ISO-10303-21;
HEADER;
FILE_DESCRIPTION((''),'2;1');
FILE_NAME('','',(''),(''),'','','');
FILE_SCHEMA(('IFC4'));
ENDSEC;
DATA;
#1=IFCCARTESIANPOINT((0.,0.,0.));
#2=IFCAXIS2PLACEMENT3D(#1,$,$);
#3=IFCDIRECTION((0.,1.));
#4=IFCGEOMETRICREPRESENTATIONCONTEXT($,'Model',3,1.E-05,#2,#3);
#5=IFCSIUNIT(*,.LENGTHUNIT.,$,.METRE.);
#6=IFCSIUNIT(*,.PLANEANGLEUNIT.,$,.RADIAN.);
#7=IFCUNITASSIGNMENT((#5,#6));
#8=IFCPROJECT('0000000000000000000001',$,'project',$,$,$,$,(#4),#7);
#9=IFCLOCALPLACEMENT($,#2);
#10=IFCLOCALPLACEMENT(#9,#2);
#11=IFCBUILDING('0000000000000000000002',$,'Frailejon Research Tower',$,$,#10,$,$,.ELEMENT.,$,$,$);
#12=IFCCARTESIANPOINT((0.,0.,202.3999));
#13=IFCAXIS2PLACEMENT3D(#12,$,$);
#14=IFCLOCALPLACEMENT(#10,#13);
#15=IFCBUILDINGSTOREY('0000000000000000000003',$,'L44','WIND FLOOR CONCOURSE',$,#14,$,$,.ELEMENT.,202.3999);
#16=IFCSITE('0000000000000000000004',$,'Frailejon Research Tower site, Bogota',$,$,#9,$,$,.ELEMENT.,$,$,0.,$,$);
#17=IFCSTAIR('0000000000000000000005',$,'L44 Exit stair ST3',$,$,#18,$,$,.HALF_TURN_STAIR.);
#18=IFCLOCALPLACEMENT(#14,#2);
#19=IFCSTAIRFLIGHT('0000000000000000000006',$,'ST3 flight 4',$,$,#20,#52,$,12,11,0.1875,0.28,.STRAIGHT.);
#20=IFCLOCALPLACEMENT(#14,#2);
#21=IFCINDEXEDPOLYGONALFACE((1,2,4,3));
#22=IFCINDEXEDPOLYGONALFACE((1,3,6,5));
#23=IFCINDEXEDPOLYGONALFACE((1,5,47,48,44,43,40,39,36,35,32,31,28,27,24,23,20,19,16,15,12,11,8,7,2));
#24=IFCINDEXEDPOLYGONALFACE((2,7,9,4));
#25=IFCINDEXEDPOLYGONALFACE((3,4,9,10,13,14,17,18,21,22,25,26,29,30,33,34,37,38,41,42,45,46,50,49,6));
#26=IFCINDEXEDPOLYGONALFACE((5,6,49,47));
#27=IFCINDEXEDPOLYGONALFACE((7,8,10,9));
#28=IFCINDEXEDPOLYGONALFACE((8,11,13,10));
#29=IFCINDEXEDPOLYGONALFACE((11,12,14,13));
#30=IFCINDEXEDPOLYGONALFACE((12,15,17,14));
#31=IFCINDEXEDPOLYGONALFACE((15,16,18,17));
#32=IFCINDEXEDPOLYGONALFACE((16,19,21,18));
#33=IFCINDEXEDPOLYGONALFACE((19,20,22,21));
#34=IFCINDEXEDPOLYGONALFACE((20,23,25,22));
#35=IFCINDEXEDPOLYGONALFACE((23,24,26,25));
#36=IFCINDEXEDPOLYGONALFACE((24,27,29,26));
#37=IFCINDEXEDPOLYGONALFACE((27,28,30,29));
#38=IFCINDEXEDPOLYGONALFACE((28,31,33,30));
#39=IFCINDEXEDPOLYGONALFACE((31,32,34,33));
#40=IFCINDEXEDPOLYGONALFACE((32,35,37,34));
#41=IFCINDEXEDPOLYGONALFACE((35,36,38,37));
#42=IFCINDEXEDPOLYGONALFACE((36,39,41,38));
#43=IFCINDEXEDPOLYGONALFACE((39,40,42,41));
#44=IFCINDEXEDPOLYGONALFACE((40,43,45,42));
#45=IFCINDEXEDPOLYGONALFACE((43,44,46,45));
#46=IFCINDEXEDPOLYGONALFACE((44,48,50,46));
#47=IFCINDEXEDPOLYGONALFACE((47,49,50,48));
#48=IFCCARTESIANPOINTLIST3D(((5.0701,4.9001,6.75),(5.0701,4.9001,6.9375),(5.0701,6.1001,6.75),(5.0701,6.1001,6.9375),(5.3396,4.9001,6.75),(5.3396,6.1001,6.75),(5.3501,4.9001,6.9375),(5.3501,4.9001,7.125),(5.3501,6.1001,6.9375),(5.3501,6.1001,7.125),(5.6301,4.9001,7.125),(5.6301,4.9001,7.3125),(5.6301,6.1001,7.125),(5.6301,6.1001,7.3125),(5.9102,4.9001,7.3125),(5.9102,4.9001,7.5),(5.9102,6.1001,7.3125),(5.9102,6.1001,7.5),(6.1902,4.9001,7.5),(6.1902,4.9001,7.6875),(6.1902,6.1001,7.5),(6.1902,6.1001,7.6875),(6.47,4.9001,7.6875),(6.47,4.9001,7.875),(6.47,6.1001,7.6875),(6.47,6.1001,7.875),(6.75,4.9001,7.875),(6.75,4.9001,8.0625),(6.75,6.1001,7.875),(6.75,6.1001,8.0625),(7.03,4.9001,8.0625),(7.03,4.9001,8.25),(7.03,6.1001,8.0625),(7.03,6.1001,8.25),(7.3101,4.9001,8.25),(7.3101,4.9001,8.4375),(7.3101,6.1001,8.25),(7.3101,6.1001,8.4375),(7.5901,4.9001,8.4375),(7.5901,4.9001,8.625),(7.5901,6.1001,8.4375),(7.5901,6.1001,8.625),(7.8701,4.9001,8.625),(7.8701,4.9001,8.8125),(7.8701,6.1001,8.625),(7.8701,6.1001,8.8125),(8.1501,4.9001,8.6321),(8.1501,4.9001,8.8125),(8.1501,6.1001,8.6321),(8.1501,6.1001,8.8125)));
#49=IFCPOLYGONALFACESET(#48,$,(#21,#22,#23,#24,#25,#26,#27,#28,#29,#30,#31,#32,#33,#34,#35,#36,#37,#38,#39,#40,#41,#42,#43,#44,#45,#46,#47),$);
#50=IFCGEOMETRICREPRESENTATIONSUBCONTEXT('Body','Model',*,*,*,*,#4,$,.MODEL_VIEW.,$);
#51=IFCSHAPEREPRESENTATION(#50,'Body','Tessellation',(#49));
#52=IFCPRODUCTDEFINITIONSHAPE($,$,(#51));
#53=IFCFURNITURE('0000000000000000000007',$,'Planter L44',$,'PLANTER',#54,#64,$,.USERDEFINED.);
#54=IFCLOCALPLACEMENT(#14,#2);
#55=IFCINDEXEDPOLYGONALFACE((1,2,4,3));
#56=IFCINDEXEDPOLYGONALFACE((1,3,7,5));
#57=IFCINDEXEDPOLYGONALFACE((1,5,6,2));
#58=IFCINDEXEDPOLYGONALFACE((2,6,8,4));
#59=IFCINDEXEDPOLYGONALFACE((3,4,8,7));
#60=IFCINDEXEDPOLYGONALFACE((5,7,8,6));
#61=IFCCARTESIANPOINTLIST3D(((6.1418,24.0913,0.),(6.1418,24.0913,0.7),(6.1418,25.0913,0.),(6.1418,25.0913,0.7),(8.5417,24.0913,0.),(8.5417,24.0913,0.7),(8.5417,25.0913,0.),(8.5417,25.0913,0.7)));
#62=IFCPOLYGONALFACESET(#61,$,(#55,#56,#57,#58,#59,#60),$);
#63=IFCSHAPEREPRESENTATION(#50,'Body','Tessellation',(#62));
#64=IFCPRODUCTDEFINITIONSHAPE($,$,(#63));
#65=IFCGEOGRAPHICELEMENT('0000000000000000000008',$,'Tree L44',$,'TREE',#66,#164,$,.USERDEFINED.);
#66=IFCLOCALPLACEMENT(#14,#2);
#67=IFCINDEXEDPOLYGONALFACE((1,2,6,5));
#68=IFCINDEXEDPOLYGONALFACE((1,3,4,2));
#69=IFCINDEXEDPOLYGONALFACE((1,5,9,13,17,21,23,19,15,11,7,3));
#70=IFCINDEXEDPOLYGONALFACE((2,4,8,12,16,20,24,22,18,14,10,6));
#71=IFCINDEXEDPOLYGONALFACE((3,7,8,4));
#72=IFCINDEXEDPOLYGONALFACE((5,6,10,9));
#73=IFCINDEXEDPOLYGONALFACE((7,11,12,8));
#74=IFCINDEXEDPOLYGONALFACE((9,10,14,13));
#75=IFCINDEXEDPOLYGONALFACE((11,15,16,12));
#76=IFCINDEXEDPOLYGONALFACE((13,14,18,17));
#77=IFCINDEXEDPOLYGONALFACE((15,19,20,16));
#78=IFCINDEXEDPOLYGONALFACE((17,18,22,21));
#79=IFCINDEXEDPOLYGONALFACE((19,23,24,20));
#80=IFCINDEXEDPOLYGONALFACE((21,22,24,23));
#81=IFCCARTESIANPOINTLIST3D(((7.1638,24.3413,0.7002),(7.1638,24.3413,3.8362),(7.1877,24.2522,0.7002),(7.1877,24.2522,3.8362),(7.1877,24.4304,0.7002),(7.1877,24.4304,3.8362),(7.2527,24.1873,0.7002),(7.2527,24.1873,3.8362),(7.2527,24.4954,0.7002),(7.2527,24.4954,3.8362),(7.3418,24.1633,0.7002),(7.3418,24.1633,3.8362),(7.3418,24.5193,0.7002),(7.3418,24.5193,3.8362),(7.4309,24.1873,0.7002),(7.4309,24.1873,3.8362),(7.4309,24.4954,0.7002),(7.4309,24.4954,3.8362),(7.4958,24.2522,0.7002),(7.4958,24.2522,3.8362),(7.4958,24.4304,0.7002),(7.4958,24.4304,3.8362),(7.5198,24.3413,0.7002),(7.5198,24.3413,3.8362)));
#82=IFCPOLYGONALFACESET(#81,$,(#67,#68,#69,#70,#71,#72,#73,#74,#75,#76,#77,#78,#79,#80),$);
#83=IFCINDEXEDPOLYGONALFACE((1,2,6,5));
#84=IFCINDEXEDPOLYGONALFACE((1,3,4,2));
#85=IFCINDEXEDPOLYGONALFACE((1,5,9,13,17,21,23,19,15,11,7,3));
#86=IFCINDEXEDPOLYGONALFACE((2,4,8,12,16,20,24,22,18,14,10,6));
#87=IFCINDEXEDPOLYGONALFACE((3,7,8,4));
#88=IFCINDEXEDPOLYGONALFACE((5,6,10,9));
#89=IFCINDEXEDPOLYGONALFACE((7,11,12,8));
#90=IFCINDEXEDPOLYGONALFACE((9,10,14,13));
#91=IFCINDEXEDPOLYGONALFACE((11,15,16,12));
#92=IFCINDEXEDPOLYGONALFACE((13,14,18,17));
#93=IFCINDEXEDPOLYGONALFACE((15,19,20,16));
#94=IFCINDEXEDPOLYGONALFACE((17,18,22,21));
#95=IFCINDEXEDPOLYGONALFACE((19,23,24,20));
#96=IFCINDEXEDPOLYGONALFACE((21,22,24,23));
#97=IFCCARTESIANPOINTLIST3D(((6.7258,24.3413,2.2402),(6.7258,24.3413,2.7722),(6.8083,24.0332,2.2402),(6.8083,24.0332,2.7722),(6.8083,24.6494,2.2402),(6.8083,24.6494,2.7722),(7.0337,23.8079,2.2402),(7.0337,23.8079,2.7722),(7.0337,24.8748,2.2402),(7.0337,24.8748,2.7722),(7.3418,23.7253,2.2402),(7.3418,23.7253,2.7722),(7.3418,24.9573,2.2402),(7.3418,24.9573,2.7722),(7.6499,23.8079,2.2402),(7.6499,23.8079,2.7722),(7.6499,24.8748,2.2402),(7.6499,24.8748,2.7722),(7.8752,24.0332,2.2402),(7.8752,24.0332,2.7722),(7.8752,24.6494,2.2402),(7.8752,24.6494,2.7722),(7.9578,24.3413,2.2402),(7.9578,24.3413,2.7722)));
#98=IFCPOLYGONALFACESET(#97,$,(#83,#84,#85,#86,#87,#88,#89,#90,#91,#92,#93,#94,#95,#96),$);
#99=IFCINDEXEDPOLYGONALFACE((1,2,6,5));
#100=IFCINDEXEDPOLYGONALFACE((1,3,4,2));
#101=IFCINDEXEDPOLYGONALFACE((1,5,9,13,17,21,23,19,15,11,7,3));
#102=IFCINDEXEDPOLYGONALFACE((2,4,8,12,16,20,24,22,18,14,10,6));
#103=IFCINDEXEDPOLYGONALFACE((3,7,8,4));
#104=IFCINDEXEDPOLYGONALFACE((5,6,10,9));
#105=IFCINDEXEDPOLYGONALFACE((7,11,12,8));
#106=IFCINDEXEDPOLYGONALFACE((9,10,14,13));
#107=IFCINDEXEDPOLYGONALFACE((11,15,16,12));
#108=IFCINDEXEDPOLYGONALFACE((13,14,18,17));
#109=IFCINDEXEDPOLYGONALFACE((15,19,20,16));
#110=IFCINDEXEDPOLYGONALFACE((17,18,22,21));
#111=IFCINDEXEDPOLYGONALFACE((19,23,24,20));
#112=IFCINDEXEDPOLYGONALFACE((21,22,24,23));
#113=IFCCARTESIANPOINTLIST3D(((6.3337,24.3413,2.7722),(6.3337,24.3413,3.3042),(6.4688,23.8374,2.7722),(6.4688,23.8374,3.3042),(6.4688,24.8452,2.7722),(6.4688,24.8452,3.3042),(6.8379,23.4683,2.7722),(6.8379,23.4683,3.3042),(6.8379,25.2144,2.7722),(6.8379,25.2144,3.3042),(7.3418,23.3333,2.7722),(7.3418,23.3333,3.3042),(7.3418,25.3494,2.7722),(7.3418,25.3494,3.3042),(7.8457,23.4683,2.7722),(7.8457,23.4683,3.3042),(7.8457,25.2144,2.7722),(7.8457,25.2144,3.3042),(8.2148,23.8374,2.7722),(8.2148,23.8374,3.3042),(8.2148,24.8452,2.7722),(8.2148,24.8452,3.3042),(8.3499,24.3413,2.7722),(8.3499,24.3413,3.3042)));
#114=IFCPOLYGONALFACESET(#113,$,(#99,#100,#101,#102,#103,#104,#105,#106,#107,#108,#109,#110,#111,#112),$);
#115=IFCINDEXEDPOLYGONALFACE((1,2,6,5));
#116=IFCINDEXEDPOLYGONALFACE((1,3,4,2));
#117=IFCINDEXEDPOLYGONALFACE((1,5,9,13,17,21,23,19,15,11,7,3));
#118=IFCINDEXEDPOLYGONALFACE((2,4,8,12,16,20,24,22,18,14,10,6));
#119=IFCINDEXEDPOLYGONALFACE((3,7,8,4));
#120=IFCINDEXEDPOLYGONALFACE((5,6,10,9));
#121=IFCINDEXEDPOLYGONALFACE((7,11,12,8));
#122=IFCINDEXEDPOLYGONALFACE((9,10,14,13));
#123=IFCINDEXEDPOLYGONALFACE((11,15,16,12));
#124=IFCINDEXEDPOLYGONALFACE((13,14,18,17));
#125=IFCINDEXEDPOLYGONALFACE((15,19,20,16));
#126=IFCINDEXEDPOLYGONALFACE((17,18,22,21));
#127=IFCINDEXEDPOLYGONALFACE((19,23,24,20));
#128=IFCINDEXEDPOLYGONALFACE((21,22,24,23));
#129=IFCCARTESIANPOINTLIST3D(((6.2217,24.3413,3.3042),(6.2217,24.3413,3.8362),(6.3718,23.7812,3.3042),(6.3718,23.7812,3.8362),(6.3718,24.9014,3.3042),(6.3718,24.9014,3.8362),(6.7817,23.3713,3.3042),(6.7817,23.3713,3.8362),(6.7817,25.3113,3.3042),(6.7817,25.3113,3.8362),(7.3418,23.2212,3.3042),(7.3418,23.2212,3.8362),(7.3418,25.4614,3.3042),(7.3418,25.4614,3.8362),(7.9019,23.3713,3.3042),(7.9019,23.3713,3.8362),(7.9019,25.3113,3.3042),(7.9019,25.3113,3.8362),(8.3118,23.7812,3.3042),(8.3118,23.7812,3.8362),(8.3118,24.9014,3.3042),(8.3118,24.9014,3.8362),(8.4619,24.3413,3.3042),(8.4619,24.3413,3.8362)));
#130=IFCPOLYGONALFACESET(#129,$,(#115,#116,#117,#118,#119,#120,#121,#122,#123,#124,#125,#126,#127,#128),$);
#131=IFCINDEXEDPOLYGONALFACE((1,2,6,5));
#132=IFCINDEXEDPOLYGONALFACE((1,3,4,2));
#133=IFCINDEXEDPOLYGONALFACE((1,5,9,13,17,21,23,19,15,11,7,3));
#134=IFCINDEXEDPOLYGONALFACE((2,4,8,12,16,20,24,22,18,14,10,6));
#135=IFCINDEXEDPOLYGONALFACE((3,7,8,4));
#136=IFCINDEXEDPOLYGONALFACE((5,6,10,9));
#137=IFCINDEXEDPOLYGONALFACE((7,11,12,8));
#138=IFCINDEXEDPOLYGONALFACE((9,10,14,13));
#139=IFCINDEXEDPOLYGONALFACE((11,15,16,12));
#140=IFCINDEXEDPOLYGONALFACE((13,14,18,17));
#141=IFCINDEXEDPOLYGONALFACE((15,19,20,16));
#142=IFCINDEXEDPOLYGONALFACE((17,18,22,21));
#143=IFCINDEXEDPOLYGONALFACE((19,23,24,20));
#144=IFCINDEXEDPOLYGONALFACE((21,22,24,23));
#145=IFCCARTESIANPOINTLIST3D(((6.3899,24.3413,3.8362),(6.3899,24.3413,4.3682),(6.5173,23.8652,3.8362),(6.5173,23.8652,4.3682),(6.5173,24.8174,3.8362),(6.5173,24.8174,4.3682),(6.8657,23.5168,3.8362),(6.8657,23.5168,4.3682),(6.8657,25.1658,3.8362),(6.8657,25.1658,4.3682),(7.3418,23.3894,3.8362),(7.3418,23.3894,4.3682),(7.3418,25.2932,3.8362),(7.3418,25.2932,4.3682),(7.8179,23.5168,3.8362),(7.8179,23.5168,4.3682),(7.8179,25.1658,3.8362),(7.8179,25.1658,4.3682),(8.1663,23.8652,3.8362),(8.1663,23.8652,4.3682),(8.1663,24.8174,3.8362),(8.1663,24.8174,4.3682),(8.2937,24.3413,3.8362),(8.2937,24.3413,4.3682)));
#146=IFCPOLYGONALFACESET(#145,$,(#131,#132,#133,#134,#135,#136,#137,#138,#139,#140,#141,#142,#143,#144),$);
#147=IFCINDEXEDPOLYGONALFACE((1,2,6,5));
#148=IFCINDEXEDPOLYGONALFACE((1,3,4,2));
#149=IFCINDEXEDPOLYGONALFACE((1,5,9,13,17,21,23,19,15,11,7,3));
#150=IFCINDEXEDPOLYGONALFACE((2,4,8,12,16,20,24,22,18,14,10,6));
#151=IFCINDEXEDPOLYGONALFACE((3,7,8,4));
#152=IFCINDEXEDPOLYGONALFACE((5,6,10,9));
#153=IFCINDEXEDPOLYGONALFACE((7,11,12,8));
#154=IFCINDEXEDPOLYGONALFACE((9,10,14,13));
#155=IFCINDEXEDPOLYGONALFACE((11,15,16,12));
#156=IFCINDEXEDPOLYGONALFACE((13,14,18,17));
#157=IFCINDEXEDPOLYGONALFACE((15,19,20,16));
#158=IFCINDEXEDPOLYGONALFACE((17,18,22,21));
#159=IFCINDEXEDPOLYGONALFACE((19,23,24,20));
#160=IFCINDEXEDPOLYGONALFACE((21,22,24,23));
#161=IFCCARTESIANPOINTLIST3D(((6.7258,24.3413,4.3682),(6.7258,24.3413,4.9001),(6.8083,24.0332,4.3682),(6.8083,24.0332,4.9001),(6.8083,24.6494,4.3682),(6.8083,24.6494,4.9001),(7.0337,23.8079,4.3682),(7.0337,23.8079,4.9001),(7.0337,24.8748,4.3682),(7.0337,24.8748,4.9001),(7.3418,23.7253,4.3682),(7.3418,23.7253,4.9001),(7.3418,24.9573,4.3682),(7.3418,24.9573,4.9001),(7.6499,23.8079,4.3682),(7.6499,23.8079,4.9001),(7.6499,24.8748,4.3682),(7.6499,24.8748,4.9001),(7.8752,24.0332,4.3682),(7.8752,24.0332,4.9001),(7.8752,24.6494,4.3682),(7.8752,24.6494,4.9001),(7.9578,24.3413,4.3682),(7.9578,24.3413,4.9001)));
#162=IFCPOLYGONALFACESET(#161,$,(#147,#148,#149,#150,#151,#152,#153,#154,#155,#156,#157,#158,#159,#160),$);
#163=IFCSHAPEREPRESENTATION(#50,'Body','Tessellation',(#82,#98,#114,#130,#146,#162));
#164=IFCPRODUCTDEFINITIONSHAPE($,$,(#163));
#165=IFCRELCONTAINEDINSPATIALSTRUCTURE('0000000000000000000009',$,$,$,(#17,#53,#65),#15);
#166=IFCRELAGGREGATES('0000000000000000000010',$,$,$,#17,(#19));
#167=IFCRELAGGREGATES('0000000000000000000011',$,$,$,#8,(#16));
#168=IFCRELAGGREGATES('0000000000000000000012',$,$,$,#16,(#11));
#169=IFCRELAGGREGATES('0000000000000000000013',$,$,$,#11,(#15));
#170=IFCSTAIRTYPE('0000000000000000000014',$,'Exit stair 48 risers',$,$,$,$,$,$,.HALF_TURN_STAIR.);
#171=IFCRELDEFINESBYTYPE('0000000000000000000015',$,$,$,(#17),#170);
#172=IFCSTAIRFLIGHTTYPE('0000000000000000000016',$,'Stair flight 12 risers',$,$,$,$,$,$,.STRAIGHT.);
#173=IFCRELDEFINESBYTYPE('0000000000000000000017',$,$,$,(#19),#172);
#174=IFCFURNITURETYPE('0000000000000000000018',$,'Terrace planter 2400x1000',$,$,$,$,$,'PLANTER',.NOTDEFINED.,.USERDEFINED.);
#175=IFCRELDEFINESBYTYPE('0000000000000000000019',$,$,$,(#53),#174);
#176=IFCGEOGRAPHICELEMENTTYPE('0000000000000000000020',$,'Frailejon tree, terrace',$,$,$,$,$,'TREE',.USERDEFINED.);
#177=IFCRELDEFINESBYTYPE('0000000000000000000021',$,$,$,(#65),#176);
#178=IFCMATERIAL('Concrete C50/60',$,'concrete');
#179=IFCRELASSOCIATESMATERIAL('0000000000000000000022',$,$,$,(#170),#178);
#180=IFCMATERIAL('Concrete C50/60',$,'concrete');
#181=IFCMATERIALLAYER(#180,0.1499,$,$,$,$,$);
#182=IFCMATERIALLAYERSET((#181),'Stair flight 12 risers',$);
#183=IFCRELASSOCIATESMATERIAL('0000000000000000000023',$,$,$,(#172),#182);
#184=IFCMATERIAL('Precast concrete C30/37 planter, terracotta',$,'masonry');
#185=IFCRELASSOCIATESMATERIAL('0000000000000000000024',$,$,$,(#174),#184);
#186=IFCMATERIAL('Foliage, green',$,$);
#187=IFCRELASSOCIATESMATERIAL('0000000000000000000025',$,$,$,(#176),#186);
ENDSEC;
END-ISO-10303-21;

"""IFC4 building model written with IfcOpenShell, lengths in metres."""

from ifc_helpers import new_model, si_unit, direction, frame, origin, origin_2d, place, context, subcontext, project, spatial, polyline, rectangle, outline, extrude, material, layer, layer_set, type_object, element, aggregate, save


model = new_model("IFC4")

# Units and contexts
model_context = context("Model", 3, precision=1e-05, world=origin(), true_north=direction((0.0, 1.0)))
body_context = subcontext(model_context, "Body", "Model", "MODEL_VIEW")
ifc_project = project(units=[si_unit("LENGTHUNIT", "METRE"), si_unit("PLANEANGLEUNIT", "RADIAN")], contexts=[model_context])

# Site, building, storey
site_placement = place(None, origin())
site = spatial("IfcSite", under=ifc_project, at=site_placement, Name="Frailejon Research Tower site, Bogota", CompositionType="ELEMENT", RefElevation=0.0)
building_placement = place(site_placement, origin())
building = spatial("IfcBuilding", under=site, at=building_placement, Name="Frailejon Research Tower", CompositionType="ELEMENT")
storey_placement = place(building_placement, frame((0.0, 0.0, 202.3999)))
storey = spatial("IfcBuildingStorey", under=building, at=storey_placement, Name="L44", Description="WIND FLOOR CONCOURSE", CompositionType="ELEMENT", Elevation=202.3999)

# Stair
ifc_material_1 = material(Name="Concrete C50/60", Category="concrete")
stair_type = type_object("IfcStairType", Name="Exit stair 48 risers", PredefinedType="HALF_TURN_STAIR", material=ifc_material_1)
stair_placement = place(storey_placement, origin())
stair = element("IfcStair", 1, at=stair_placement, inside=storey, type_object=stair_type, Name="L44 Exit stair ST3", PredefinedType="HALF_TURN_STAIR")

# Stair flight
ifc_material_2 = material(Name="Concrete C50/60", Category="concrete")
ifc_layer_1 = layer(ifc_material_2, 0.1499)
ifc_layer_set_1 = layer_set([ifc_layer_1], Name="Stair flight 12 risers")
stair_flight_type = type_object("IfcStairFlightType", Name="Stair flight 12 risers", PredefinedType="STRAIGHT", material=ifc_layer_set_1)
stair_flight_1_placement = place(storey_placement, frame((5.0701, 5.5, 6.75), z_axis=(0.0, 0.0, 1.0), x_axis=(1.0, 0.0, 0.0)))
stair_flight_1 = element("IfcStairFlight", 2, at=stair_flight_1_placement, type_object=stair_flight_type, Name="ST3 flight 4", NumberOfRisers=12, NumberOfTreads=11, PredefinedType="STRAIGHT", RiserHeight=0.1875, TreadLength=0.28, context=body_context, shape_type="SweptSolid", body=[
    extrude(outline(polyline([(0.0, 0.0), (0.0, 0.1875), (0.28, 0.1875), (0.28, 0.375), (0.5601, 0.375), (0.5601, 0.5625), (0.8401, 0.5625), (0.8401, 0.75), (1.1201, 0.75), (1.1201, 0.9375), (1.3999, 0.9375), (1.3999, 1.125), (1.6799, 1.125), (1.6799, 1.3125), (1.96, 1.3125), (1.96, 1.5), (2.24, 1.5), (2.24, 1.6875), (2.52, 1.6875), (2.52, 1.875), (2.8, 1.875), (2.8, 2.0625), (3.0801, 2.0625), (3.0801, 2.25), (3.0801, 1.8821), (0.2695, 0.0), (0.0, 0.0)])), frame((0.0, 0.6001, 0.0), z_axis=(0.0, -1.0, 0.0), x_axis=(1.0, 0.0, 0.0)), (0.0, 0.0, 1.0), 1.2),
])
aggregate(stair, [stair_flight_1])

# Furniture
ifc_material_3 = material(Name="Precast concrete C30/37 planter, terracotta", Category="masonry")
furniture_type = type_object("IfcFurnitureType", Name="Terrace planter 2400x1000", ElementType="PLANTER", AssemblyPlace="NOTDEFINED", PredefinedType="USERDEFINED", material=ifc_material_3)
furniture_placement = place(storey_placement, frame((7.3418, 24.5913, 0.0), z_axis=(0.0, 0.0, 1.0), x_axis=(-1.0, 0.0, 0.0)))
element("IfcFurniture", 3, at=furniture_placement, inside=storey, type_object=furniture_type, Name="Planter L44", ObjectType="PLANTER", PredefinedType="USERDEFINED", context=body_context, shape_type="SweptSolid", body=[
    extrude(rectangle(XDim=2.3999, YDim=1.0, at=origin_2d()), origin(), (0.0, 0.0, 1.0), 0.7),
])

# Geographic element
ifc_material_4 = material(Name="Foliage, green")
geographic_element_type = type_object("IfcGeographicElementType", Name="Frailejon tree, terrace", ElementType="TREE", PredefinedType="USERDEFINED", material=ifc_material_4)
geographic_element_placement = place(storey_placement, frame((7.3418, 24.3413, 0.7002)))
element("IfcGeographicElement", 4, at=geographic_element_placement, inside=storey, type_object=geographic_element_type, Name="Tree L44", ObjectType="TREE", PredefinedType="USERDEFINED", context=body_context, shape_type="SweptSolid", body=[
    extrude(outline(polyline([(0.178, 0.0), (0.1541, 0.0891), (0.0891, 0.1541), (0.0, 0.178), (-0.0891, 0.1541), (-0.1541, 0.0891), (-0.178, 0.0), (-0.1541, -0.0891), (-0.0891, -0.1541), (0.0, -0.178), (0.0891, -0.1541), (0.1541, -0.0891), (0.178, 0.0)])), origin(), (0.0, 0.0, 1.0), 3.136),
    extrude(outline(polyline([(0.616, 0.0), (0.5334, 0.3081), (0.3081, 0.5334), (0.0, 0.616), (-0.3081, 0.5334), (-0.5334, 0.3081), (-0.616, 0.0), (-0.5334, -0.3081), (-0.3081, -0.5334), (0.0, -0.616), (0.3081, -0.5334), (0.5334, -0.3081), (0.616, 0.0)])), frame((0.0, 0.0, 1.54)), (0.0, 0.0, 1.0), 0.532),
    extrude(outline(polyline([(1.0081, 0.0), (0.873, 0.5039), (0.5039, 0.873), (0.0, 1.0081), (-0.5039, 0.873), (-0.873, 0.5039), (-1.0081, 0.0), (-0.873, -0.5039), (-0.5039, -0.873), (0.0, -1.0081), (0.5039, -0.873), (0.873, -0.5039), (1.0081, 0.0)])), frame((0.0, 0.0, 2.072)), (0.0, 0.0, 1.0), 0.532),
    extrude(outline(polyline([(1.1201, 0.0), (0.97, 0.5601), (0.5601, 0.97), (0.0, 1.1201), (-0.5601, 0.97), (-0.97, 0.5601), (-1.1201, 0.0), (-0.97, -0.5601), (-0.5601, -0.97), (0.0, -1.1201), (0.5601, -0.97), (0.97, -0.5601), (1.1201, 0.0)])), frame((0.0, 0.0, 2.604)), (0.0, 0.0, 1.0), 0.532),
    extrude(outline(polyline([(0.9519, 0.0), (0.8245, 0.4761), (0.4761, 0.8245), (0.0, 0.9519), (-0.4761, 0.8245), (-0.8245, 0.4761), (-0.9519, 0.0), (-0.8245, -0.4761), (-0.4761, -0.8245), (0.0, -0.9519), (0.4761, -0.8245), (0.8245, -0.4761), (0.9519, 0.0)])), frame((0.0, 0.0, 3.136)), (0.0, 0.0, 1.0), 0.532),
    extrude(outline(polyline([(0.616, 0.0), (0.5334, 0.3081), (0.3081, 0.5334), (0.0, 0.616), (-0.3081, 0.5334), (-0.5334, 0.3081), (-0.616, 0.0), (-0.5334, -0.3081), (-0.3081, -0.5334), (0.0, -0.616), (0.3081, -0.5334), (0.5334, -0.3081), (0.616, 0.0)])), frame((0.0, 0.0, 3.668)), (0.0, 0.0, 1.0), 0.532),
])

save(model, "model.ifc")
